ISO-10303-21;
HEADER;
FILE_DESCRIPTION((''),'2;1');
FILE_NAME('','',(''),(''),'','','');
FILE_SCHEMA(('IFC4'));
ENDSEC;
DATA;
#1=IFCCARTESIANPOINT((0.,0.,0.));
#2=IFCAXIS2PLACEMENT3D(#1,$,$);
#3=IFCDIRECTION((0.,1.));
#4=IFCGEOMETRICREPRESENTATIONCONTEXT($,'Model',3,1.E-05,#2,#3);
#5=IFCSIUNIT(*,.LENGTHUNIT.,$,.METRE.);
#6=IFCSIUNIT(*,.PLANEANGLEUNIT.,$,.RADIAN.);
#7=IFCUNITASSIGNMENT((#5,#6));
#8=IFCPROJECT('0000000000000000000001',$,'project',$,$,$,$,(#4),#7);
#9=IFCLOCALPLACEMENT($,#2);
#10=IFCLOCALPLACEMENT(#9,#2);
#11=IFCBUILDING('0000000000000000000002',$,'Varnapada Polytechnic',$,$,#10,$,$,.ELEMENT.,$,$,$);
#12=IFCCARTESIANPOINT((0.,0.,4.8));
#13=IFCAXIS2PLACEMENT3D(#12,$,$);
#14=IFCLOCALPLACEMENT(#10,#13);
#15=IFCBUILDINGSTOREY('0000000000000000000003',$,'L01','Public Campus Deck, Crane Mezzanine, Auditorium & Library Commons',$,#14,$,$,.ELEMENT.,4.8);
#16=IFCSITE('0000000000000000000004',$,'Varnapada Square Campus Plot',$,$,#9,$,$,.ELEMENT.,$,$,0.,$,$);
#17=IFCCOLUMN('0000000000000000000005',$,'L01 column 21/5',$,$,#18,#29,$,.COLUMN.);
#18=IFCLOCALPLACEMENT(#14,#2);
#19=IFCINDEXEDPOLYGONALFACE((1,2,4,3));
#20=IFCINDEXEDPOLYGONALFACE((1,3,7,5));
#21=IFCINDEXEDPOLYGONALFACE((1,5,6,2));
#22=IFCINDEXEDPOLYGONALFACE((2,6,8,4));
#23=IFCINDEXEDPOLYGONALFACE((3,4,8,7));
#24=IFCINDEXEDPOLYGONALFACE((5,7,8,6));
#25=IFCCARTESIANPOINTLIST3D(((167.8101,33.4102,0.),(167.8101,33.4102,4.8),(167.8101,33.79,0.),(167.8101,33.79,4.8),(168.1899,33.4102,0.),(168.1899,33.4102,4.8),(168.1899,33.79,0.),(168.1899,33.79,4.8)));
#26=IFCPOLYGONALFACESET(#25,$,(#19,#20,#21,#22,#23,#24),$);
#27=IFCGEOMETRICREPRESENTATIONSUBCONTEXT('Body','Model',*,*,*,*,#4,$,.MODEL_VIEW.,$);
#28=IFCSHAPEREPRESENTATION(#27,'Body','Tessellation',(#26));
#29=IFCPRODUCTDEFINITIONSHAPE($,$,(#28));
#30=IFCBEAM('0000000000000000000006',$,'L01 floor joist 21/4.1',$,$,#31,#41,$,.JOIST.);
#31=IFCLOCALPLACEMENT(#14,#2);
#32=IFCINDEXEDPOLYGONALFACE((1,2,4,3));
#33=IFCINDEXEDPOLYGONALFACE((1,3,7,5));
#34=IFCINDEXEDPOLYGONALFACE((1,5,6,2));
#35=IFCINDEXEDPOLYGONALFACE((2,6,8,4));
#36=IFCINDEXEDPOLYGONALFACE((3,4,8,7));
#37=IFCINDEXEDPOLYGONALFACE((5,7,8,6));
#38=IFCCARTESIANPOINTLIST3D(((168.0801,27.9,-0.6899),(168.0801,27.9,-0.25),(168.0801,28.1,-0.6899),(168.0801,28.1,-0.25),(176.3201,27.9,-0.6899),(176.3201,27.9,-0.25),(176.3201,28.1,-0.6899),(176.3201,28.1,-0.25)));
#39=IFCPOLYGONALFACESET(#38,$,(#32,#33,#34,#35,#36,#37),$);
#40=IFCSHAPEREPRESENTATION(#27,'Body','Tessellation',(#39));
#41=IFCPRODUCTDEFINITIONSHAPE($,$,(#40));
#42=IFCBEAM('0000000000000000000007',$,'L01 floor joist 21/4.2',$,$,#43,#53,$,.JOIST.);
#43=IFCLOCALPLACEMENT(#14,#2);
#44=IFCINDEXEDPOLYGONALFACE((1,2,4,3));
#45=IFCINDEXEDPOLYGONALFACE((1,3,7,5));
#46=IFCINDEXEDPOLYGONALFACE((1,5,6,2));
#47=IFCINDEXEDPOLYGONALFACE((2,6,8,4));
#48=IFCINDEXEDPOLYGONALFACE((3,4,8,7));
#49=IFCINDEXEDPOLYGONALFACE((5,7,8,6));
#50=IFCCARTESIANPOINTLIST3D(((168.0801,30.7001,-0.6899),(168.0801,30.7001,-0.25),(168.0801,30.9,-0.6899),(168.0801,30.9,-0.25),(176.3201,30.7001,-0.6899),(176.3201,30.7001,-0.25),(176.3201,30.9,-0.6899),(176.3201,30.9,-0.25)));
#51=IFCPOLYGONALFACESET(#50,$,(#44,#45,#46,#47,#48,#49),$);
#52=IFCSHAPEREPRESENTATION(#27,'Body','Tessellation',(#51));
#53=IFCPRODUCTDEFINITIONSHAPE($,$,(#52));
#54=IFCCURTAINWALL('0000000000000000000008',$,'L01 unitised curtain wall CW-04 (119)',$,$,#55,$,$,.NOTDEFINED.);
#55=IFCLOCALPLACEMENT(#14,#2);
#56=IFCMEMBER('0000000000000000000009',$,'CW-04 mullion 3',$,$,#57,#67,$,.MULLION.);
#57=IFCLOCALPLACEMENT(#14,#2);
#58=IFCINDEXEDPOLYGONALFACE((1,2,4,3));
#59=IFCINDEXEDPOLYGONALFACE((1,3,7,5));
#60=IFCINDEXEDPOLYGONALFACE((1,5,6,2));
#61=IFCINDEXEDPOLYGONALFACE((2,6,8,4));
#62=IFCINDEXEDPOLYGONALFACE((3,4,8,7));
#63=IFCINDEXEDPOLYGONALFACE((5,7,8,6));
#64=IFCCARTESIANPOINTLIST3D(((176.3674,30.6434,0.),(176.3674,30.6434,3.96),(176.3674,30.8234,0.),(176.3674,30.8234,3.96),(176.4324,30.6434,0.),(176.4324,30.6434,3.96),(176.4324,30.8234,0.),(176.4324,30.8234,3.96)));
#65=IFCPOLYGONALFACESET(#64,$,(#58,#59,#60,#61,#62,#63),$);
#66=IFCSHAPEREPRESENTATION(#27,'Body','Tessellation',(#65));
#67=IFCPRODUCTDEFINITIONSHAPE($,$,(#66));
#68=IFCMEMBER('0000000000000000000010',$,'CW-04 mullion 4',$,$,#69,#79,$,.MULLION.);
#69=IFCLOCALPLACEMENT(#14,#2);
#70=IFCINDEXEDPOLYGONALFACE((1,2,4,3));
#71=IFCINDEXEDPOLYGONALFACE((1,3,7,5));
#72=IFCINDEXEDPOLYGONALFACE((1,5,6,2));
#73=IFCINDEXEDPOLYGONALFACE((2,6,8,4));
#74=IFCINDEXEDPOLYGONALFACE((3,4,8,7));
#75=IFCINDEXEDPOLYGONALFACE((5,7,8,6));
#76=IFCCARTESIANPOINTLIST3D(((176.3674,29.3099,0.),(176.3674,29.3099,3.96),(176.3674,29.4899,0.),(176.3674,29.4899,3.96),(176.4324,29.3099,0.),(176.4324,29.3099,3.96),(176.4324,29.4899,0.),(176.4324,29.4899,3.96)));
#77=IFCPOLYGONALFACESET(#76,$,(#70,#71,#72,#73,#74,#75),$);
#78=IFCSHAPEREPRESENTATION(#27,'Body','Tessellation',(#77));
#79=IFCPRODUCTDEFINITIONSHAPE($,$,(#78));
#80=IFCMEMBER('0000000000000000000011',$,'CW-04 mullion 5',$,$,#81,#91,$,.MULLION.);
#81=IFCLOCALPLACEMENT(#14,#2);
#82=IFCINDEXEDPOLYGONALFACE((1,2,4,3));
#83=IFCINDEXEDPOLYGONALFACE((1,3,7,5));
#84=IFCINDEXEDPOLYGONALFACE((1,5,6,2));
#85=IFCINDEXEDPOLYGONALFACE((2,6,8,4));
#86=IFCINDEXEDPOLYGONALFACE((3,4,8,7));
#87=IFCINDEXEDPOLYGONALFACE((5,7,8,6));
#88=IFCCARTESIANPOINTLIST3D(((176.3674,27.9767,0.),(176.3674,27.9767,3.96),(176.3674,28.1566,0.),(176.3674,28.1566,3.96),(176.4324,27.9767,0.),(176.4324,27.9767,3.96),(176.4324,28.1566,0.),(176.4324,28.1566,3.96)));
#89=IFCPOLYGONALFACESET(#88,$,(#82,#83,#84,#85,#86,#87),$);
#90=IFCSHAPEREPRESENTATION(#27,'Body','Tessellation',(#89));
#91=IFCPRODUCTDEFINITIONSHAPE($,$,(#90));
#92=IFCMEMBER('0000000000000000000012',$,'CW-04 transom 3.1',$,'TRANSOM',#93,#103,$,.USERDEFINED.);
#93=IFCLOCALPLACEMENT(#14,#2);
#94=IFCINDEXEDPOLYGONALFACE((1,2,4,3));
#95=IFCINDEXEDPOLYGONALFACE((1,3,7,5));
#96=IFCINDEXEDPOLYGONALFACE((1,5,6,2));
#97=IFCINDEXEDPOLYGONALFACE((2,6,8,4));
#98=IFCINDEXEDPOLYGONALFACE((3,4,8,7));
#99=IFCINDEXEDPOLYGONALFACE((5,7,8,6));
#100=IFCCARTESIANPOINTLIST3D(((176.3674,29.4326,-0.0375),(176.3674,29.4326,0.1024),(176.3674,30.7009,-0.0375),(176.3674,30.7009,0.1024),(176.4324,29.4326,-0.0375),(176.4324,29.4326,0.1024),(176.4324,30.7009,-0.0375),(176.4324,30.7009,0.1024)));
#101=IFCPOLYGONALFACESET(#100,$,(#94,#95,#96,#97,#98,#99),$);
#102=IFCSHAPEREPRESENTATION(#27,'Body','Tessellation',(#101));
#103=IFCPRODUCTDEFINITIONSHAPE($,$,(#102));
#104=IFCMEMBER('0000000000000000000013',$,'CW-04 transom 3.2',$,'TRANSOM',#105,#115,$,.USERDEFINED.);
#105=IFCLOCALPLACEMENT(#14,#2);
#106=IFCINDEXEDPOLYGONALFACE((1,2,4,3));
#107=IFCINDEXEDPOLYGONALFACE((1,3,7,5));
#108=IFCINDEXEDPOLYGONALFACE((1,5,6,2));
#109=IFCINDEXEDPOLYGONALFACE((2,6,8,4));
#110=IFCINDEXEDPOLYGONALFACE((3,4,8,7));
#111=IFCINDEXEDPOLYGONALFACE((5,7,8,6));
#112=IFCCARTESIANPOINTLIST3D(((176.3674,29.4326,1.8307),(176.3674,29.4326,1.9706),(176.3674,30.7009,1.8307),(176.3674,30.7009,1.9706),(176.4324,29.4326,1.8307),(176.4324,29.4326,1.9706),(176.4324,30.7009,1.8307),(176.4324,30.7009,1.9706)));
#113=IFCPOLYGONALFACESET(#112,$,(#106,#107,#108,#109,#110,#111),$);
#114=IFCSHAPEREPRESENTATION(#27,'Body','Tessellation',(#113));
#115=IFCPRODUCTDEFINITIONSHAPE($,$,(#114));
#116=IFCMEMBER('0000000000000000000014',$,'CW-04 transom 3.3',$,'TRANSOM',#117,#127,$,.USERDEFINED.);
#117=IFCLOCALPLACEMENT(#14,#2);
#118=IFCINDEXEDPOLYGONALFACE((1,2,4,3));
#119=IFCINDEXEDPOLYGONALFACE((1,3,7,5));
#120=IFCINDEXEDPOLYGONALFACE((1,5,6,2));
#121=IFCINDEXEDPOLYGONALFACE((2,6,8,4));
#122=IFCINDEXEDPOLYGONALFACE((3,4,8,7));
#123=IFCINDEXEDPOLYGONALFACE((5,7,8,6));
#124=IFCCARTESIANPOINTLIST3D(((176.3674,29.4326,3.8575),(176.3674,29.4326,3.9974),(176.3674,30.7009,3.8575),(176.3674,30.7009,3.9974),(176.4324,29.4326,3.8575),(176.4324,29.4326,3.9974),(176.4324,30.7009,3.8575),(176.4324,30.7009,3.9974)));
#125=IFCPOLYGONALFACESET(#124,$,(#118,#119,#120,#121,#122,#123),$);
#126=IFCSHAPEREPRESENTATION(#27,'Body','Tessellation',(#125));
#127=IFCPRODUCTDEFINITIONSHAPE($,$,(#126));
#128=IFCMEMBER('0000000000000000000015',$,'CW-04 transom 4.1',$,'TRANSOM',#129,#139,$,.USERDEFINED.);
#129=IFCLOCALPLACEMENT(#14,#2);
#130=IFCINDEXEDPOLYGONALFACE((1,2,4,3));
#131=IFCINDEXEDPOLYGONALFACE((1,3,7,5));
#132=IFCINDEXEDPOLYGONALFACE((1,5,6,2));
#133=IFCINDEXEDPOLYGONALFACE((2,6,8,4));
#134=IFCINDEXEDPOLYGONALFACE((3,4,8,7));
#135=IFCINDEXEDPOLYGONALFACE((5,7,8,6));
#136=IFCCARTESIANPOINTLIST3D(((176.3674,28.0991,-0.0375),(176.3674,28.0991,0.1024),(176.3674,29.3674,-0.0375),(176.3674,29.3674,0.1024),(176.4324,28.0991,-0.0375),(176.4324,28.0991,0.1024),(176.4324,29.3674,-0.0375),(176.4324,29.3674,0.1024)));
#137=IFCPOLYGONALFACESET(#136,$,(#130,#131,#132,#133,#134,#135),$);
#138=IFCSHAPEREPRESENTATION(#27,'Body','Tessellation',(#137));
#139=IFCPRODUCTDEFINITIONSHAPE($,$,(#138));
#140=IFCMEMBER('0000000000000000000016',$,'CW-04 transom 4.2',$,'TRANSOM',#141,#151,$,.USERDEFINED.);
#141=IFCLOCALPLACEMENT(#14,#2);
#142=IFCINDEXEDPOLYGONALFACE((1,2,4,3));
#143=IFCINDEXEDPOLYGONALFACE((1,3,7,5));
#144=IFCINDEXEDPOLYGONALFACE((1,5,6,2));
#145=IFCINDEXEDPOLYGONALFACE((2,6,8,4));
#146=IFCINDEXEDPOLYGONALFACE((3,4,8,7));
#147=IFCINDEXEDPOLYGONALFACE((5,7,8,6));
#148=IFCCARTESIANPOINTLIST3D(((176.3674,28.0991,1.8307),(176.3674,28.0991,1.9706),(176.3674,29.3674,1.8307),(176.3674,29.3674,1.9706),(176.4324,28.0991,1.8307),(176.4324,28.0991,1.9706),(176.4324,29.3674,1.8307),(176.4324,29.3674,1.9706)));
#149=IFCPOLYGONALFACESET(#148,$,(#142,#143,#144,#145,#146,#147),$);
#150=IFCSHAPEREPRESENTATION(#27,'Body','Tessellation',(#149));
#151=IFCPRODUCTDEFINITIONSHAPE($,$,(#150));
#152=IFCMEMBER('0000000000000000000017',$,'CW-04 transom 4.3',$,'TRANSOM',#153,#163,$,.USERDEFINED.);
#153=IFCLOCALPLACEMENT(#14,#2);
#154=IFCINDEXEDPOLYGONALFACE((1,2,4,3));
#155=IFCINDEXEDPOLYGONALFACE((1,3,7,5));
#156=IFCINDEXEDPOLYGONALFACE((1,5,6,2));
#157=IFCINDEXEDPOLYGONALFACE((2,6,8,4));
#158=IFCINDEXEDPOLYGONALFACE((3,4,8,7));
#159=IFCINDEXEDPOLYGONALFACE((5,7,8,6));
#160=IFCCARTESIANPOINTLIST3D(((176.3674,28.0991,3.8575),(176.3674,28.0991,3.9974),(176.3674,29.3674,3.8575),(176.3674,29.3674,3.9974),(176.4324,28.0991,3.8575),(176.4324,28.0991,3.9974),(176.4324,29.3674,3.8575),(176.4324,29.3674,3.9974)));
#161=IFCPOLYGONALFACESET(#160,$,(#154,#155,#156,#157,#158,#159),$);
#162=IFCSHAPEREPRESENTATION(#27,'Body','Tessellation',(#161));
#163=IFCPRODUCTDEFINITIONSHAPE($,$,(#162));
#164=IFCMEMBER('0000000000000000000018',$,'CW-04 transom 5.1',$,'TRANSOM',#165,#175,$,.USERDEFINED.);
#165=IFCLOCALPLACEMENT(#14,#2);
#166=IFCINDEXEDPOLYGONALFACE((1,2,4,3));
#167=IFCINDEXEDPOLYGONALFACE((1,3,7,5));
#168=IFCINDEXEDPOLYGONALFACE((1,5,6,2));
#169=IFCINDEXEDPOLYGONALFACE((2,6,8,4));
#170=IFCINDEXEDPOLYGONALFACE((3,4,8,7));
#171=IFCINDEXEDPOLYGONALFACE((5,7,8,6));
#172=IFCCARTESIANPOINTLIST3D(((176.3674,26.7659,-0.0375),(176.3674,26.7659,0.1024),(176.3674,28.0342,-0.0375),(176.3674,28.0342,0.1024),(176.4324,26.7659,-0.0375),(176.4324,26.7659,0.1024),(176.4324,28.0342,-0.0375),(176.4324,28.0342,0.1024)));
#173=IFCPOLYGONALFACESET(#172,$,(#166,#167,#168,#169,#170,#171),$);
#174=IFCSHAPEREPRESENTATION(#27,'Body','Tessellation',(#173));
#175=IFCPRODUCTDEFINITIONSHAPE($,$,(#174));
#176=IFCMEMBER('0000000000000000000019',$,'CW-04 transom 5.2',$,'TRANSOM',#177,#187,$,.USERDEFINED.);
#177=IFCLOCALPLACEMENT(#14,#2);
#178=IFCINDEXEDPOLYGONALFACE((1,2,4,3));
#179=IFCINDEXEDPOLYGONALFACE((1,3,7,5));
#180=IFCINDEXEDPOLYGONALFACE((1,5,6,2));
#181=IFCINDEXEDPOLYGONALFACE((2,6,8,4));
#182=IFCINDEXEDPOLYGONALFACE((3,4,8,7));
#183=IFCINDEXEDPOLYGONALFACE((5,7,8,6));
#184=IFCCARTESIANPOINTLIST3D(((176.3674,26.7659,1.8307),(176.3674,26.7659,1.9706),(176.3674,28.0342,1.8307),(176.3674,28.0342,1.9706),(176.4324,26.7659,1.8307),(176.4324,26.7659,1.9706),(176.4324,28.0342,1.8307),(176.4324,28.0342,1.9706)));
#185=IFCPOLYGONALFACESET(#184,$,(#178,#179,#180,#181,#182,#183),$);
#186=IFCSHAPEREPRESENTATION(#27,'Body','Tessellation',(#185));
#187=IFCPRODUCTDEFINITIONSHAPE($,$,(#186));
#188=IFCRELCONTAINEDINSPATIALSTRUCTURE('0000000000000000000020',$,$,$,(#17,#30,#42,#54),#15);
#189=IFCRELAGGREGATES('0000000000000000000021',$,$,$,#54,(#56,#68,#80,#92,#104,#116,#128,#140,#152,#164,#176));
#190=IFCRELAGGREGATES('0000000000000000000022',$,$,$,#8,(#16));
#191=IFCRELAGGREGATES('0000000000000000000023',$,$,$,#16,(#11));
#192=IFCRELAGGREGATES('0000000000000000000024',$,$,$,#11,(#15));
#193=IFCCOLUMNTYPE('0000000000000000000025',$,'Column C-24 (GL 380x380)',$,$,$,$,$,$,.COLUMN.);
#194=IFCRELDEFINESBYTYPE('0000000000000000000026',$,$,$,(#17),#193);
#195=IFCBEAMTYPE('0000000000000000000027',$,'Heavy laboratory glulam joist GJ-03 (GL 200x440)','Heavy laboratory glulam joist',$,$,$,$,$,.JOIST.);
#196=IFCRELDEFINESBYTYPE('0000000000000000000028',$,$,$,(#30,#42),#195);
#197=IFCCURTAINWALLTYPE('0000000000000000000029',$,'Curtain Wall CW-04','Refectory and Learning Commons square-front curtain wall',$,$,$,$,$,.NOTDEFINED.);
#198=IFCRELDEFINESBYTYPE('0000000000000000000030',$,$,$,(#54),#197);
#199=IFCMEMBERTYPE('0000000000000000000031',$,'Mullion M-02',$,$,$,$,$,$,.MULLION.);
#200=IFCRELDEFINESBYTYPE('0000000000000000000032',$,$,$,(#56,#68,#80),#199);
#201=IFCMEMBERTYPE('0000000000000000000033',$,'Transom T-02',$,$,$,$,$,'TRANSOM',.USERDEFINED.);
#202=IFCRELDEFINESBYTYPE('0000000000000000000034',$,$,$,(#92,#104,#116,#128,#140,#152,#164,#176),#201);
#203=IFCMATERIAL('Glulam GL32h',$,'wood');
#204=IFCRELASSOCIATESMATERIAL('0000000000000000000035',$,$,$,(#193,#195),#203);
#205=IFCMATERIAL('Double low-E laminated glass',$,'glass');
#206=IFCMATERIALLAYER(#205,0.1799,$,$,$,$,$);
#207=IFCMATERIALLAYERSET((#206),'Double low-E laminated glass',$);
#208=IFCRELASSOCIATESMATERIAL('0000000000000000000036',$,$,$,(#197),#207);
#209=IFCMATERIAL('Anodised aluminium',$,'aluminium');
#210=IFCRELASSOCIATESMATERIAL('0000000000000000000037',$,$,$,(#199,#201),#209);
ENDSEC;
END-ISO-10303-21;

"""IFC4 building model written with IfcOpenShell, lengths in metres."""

from ifc_helpers import new_model, si_unit, direction, frame, origin, origin_2d, place, context, subcontext, project, spatial, rectangle, extrude, material, layer, layer_set, material_profile, profile_set, type_object, element, aggregate, save


model = new_model("IFC4")

# Units and contexts
model_context = context("Model", 3, precision=1e-05, world=origin(), true_north=direction((0.0, 1.0)))
body_context = subcontext(model_context, "Body", "Model", "MODEL_VIEW")
ifc_project = project(units=[si_unit("LENGTHUNIT", "METRE"), si_unit("PLANEANGLEUNIT", "RADIAN")], contexts=[model_context])

# Site, building, storey
site_placement = place(None, origin())
site = spatial("IfcSite", under=ifc_project, at=site_placement, Name="Varnapada Square Campus Plot", CompositionType="ELEMENT", RefElevation=0.0)
building_placement = place(site_placement, origin())
building = spatial("IfcBuilding", under=site, at=building_placement, Name="Varnapada Polytechnic", CompositionType="ELEMENT")
storey_placement = place(building_placement, frame((0.0, 0.0, 4.8)))
storey = spatial("IfcBuildingStorey", under=building, at=storey_placement, Name="L01", Description="Public Campus Deck, Crane Mezzanine, Auditorium & Library Commons", CompositionType="ELEMENT", Elevation=4.8)

# Column
ifc_material_1 = material(Name="Glulam GL32h", Category="wood")
ifc_material_profile_1 = material_profile(ifc_material_1, rectangle(XDim=0.3799, YDim=0.3799, at=origin_2d()), Name="GL 380x380")
ifc_profile_set_1 = profile_set([ifc_material_profile_1], Name="Glulam GL32h")
column_type = type_object("IfcColumnType", Name="Column C-24 (GL 380x380)", PredefinedType="COLUMN", material=ifc_profile_set_1)
column_placement = place(storey_placement, frame((168.0, 33.6001, 0.0), z_axis=(0.0, 0.0, 1.0), x_axis=(1.0, 0.0, 0.0)))
element("IfcColumn", 1, at=column_placement, inside=storey, type_object=column_type, Name="L01 column 21/5", PredefinedType="COLUMN", context=body_context, shape_type="SweptSolid", body=[
    extrude(rectangle(XDim=0.3799, YDim=0.3799, at=origin_2d()), origin(), (0.0, 0.0, 1.0), 4.8),
])

# Beams
ifc_material_profile_2 = material_profile(ifc_material_1, rectangle(XDim=0.2, YDim=0.4399, at=origin_2d()), Name="GL 200x440")
ifc_profile_set_2 = profile_set([ifc_material_profile_2], Name="Glulam GL32h")
beam_type_1 = type_object("IfcBeamType", Name="Heavy laboratory glulam joist GJ-03 (GL 200x440)", Description="Heavy laboratory glulam joist", PredefinedType="JOIST", material=ifc_profile_set_2)
for number, where, z_axis, x_axis, name in (
    (2, (168.0801, 28.0, -0.47), (1.0, 0.0, 0.0), (0.0, 1.0, 0.0), "L01 floor joist 21/4.1"),
    (3, (168.0801, 30.8, -0.47), (1.0, 0.0, 0.0), (0.0, 1.0, 0.0), "L01 floor joist 21/4.2"),
):
    element("IfcBeam", number, at=place(storey_placement, frame(where, z_axis=z_axis, x_axis=x_axis)), inside=storey, type_object=beam_type_1, Name=name, PredefinedType="JOIST", context=body_context, shape_type="SweptSolid", body=[
        extrude(rectangle(XDim=0.2, YDim=0.4399, at=origin_2d()), origin(), (0.0, 0.0, 1.0), 8.24),
    ])

# Curtain wall, members
ifc_material_2 = material(Name="Double low-E laminated glass", Category="glass")
ifc_layer_1 = layer(ifc_material_2, 0.1799)
ifc_layer_set_1 = layer_set([ifc_layer_1], Name="Double low-E laminated glass")
curtain_wall_type = type_object("IfcCurtainWallType", Name="Curtain Wall CW-04", Description="Refectory and Learning Commons square-front curtain wall", PredefinedType="NOTDEFINED", material=ifc_layer_set_1)
curtain_wall_placement = place(storey_placement, origin())
curtain_wall = element("IfcCurtainWall", 4, at=curtain_wall_placement, inside=storey, type_object=curtain_wall_type, Name="L01 unitised curtain wall CW-04 (119)", PredefinedType="NOTDEFINED")
ifc_material_3 = material(Name="Anodised aluminium", Category="aluminium")
ifc_material_profile_3 = material_profile(ifc_material_3, rectangle(XDim=0.0649, YDim=0.1799, at=origin_2d()), Name="ALU M65x180")
ifc_profile_set_3 = profile_set([ifc_material_profile_3], Name="Anodised aluminium")
member_type_1 = type_object("IfcMemberType", Name="Mullion M-02", PredefinedType="MULLION", material=ifc_profile_set_3)
member_1_placement = place(storey_placement, frame((176.3999, 30.7334, 0.0), z_axis=(0.0, 0.0, 1.0), x_axis=(1.0, 0.0, 0.0)))
member_1 = element("IfcMember", 5, at=member_1_placement, type_object=member_type_1, Name="CW-04 mullion 3", PredefinedType="MULLION", context=body_context, shape_type="SweptSolid", body=[
    extrude(rectangle(XDim=0.0649, YDim=0.1799, at=origin_2d()), origin(), (0.0, 0.0, 1.0), 3.96),
])
member_2_placement = place(storey_placement, frame((176.3999, 29.3999, 0.0), z_axis=(0.0, 0.0, 1.0), x_axis=(1.0, 0.0, 0.0)))
member_2 = element("IfcMember", 6, at=member_2_placement, type_object=member_type_1, Name="CW-04 mullion 4", PredefinedType="MULLION", context=body_context, shape_type="SweptSolid", body=[
    extrude(rectangle(XDim=0.0649, YDim=0.1799, at=origin_2d()), origin(), (0.0, 0.0, 1.0), 3.96),
])
member_3_placement = place(storey_placement, frame((176.3999, 28.0667, 0.0), z_axis=(0.0, 0.0, 1.0), x_axis=(1.0, 0.0, 0.0)))
member_3 = element("IfcMember", 7, at=member_3_placement, type_object=member_type_1, Name="CW-04 mullion 5", PredefinedType="MULLION", context=body_context, shape_type="SweptSolid", body=[
    extrude(rectangle(XDim=0.0649, YDim=0.1799, at=origin_2d()), origin(), (0.0, 0.0, 1.0), 3.96),
])
ifc_material_profile_4 = material_profile(ifc_material_3, rectangle(XDim=0.0649, YDim=0.1399, at=origin_2d()), Name="ALU T65x140")
ifc_profile_set_4 = profile_set([ifc_material_profile_4], Name="Anodised aluminium")
member_type_2 = type_object("IfcMemberType", Name="Transom T-02", ElementType="TRANSOM", PredefinedType="USERDEFINED", material=ifc_profile_set_4)
member_4_placement = place(storey_placement, frame((176.3999, 30.7009, 0.0325), z_axis=(0.0, -1.0, 0.0), x_axis=(1.0, 0.0, 0.0)))
member_4 = element("IfcMember", 8, at=member_4_placement, type_object=member_type_2, Name="CW-04 transom 3.1", ObjectType="TRANSOM", PredefinedType="USERDEFINED", context=body_context, shape_type="SweptSolid", body=[
    extrude(rectangle(XDim=0.0649, YDim=0.1399, at=origin_2d()), origin(), (0.0, 0.0, 1.0), 1.2683),
])
member_5_placement = place(storey_placement, frame((176.3999, 30.7009, 1.9006), z_axis=(0.0, -1.0, 0.0), x_axis=(1.0, 0.0, 0.0)))
member_5 = element("IfcMember", 9, at=member_5_placement, type_object=member_type_2, Name="CW-04 transom 3.2", ObjectType="TRANSOM", PredefinedType="USERDEFINED", context=body_context, shape_type="SweptSolid", body=[
    extrude(rectangle(XDim=0.0649, YDim=0.1399, at=origin_2d()), origin(), (0.0, 0.0, 1.0), 1.2683),
])
member_6_placement = place(storey_placement, frame((176.3999, 30.7009, 3.9275), z_axis=(0.0, -1.0, 0.0), x_axis=(1.0, 0.0, 0.0)))
member_6 = element("IfcMember", 10, at=member_6_placement, type_object=member_type_2, Name="CW-04 transom 3.3", ObjectType="TRANSOM", PredefinedType="USERDEFINED", context=body_context, shape_type="SweptSolid", body=[
    extrude(rectangle(XDim=0.0649, YDim=0.1399, at=origin_2d()), origin(), (0.0, 0.0, 1.0), 1.2683),
])
member_7_placement = place(storey_placement, frame((176.3999, 29.3674, 0.0325), z_axis=(0.0, -1.0, 0.0), x_axis=(1.0, 0.0, 0.0)))
member_7 = element("IfcMember", 11, at=member_7_placement, type_object=member_type_2, Name="CW-04 transom 4.1", ObjectType="TRANSOM", PredefinedType="USERDEFINED", context=body_context, shape_type="SweptSolid", body=[
    extrude(rectangle(XDim=0.0649, YDim=0.1399, at=origin_2d()), origin(), (0.0, 0.0, 1.0), 1.2683),
])
member_8_placement = place(storey_placement, frame((176.3999, 29.3674, 1.9006), z_axis=(0.0, -1.0, 0.0), x_axis=(1.0, 0.0, 0.0)))
member_8 = element("IfcMember", 12, at=member_8_placement, type_object=member_type_2, Name="CW-04 transom 4.2", ObjectType="TRANSOM", PredefinedType="USERDEFINED", context=body_context, shape_type="SweptSolid", body=[
    extrude(rectangle(XDim=0.0649, YDim=0.1399, at=origin_2d()), origin(), (0.0, 0.0, 1.0), 1.2683),
])
member_9_placement = place(storey_placement, frame((176.3999, 29.3674, 3.9275), z_axis=(0.0, -1.0, 0.0), x_axis=(1.0, 0.0, 0.0)))
member_9 = element("IfcMember", 13, at=member_9_placement, type_object=member_type_2, Name="CW-04 transom 4.3", ObjectType="TRANSOM", PredefinedType="USERDEFINED", context=body_context, shape_type="SweptSolid", body=[
    extrude(rectangle(XDim=0.0649, YDim=0.1399, at=origin_2d()), origin(), (0.0, 0.0, 1.0), 1.2683),
])
member_10_placement = place(storey_placement, frame((176.3999, 28.0342, 0.0325), z_axis=(0.0, -1.0, 0.0), x_axis=(1.0, 0.0, 0.0)))
member_10 = element("IfcMember", 14, at=member_10_placement, type_object=member_type_2, Name="CW-04 transom 5.1", ObjectType="TRANSOM", PredefinedType="USERDEFINED", context=body_context, shape_type="SweptSolid", body=[
    extrude(rectangle(XDim=0.0649, YDim=0.1399, at=origin_2d()), origin(), (0.0, 0.0, 1.0), 1.2683),
])
member_11_placement = place(storey_placement, frame((176.3999, 28.0342, 1.9006), z_axis=(0.0, -1.0, 0.0), x_axis=(1.0, 0.0, 0.0)))
member_11 = element("IfcMember", 15, at=member_11_placement, type_object=member_type_2, Name="CW-04 transom 5.2", ObjectType="TRANSOM", PredefinedType="USERDEFINED", context=body_context, shape_type="SweptSolid", body=[
    extrude(rectangle(XDim=0.0649, YDim=0.1399, at=origin_2d()), origin(), (0.0, 0.0, 1.0), 1.2683),
])

aggregate(curtain_wall, [member_1, member_2, member_3, member_4, member_5, member_6, member_7, member_8, member_9, member_10, member_11])

save(model, "model.ifc")
